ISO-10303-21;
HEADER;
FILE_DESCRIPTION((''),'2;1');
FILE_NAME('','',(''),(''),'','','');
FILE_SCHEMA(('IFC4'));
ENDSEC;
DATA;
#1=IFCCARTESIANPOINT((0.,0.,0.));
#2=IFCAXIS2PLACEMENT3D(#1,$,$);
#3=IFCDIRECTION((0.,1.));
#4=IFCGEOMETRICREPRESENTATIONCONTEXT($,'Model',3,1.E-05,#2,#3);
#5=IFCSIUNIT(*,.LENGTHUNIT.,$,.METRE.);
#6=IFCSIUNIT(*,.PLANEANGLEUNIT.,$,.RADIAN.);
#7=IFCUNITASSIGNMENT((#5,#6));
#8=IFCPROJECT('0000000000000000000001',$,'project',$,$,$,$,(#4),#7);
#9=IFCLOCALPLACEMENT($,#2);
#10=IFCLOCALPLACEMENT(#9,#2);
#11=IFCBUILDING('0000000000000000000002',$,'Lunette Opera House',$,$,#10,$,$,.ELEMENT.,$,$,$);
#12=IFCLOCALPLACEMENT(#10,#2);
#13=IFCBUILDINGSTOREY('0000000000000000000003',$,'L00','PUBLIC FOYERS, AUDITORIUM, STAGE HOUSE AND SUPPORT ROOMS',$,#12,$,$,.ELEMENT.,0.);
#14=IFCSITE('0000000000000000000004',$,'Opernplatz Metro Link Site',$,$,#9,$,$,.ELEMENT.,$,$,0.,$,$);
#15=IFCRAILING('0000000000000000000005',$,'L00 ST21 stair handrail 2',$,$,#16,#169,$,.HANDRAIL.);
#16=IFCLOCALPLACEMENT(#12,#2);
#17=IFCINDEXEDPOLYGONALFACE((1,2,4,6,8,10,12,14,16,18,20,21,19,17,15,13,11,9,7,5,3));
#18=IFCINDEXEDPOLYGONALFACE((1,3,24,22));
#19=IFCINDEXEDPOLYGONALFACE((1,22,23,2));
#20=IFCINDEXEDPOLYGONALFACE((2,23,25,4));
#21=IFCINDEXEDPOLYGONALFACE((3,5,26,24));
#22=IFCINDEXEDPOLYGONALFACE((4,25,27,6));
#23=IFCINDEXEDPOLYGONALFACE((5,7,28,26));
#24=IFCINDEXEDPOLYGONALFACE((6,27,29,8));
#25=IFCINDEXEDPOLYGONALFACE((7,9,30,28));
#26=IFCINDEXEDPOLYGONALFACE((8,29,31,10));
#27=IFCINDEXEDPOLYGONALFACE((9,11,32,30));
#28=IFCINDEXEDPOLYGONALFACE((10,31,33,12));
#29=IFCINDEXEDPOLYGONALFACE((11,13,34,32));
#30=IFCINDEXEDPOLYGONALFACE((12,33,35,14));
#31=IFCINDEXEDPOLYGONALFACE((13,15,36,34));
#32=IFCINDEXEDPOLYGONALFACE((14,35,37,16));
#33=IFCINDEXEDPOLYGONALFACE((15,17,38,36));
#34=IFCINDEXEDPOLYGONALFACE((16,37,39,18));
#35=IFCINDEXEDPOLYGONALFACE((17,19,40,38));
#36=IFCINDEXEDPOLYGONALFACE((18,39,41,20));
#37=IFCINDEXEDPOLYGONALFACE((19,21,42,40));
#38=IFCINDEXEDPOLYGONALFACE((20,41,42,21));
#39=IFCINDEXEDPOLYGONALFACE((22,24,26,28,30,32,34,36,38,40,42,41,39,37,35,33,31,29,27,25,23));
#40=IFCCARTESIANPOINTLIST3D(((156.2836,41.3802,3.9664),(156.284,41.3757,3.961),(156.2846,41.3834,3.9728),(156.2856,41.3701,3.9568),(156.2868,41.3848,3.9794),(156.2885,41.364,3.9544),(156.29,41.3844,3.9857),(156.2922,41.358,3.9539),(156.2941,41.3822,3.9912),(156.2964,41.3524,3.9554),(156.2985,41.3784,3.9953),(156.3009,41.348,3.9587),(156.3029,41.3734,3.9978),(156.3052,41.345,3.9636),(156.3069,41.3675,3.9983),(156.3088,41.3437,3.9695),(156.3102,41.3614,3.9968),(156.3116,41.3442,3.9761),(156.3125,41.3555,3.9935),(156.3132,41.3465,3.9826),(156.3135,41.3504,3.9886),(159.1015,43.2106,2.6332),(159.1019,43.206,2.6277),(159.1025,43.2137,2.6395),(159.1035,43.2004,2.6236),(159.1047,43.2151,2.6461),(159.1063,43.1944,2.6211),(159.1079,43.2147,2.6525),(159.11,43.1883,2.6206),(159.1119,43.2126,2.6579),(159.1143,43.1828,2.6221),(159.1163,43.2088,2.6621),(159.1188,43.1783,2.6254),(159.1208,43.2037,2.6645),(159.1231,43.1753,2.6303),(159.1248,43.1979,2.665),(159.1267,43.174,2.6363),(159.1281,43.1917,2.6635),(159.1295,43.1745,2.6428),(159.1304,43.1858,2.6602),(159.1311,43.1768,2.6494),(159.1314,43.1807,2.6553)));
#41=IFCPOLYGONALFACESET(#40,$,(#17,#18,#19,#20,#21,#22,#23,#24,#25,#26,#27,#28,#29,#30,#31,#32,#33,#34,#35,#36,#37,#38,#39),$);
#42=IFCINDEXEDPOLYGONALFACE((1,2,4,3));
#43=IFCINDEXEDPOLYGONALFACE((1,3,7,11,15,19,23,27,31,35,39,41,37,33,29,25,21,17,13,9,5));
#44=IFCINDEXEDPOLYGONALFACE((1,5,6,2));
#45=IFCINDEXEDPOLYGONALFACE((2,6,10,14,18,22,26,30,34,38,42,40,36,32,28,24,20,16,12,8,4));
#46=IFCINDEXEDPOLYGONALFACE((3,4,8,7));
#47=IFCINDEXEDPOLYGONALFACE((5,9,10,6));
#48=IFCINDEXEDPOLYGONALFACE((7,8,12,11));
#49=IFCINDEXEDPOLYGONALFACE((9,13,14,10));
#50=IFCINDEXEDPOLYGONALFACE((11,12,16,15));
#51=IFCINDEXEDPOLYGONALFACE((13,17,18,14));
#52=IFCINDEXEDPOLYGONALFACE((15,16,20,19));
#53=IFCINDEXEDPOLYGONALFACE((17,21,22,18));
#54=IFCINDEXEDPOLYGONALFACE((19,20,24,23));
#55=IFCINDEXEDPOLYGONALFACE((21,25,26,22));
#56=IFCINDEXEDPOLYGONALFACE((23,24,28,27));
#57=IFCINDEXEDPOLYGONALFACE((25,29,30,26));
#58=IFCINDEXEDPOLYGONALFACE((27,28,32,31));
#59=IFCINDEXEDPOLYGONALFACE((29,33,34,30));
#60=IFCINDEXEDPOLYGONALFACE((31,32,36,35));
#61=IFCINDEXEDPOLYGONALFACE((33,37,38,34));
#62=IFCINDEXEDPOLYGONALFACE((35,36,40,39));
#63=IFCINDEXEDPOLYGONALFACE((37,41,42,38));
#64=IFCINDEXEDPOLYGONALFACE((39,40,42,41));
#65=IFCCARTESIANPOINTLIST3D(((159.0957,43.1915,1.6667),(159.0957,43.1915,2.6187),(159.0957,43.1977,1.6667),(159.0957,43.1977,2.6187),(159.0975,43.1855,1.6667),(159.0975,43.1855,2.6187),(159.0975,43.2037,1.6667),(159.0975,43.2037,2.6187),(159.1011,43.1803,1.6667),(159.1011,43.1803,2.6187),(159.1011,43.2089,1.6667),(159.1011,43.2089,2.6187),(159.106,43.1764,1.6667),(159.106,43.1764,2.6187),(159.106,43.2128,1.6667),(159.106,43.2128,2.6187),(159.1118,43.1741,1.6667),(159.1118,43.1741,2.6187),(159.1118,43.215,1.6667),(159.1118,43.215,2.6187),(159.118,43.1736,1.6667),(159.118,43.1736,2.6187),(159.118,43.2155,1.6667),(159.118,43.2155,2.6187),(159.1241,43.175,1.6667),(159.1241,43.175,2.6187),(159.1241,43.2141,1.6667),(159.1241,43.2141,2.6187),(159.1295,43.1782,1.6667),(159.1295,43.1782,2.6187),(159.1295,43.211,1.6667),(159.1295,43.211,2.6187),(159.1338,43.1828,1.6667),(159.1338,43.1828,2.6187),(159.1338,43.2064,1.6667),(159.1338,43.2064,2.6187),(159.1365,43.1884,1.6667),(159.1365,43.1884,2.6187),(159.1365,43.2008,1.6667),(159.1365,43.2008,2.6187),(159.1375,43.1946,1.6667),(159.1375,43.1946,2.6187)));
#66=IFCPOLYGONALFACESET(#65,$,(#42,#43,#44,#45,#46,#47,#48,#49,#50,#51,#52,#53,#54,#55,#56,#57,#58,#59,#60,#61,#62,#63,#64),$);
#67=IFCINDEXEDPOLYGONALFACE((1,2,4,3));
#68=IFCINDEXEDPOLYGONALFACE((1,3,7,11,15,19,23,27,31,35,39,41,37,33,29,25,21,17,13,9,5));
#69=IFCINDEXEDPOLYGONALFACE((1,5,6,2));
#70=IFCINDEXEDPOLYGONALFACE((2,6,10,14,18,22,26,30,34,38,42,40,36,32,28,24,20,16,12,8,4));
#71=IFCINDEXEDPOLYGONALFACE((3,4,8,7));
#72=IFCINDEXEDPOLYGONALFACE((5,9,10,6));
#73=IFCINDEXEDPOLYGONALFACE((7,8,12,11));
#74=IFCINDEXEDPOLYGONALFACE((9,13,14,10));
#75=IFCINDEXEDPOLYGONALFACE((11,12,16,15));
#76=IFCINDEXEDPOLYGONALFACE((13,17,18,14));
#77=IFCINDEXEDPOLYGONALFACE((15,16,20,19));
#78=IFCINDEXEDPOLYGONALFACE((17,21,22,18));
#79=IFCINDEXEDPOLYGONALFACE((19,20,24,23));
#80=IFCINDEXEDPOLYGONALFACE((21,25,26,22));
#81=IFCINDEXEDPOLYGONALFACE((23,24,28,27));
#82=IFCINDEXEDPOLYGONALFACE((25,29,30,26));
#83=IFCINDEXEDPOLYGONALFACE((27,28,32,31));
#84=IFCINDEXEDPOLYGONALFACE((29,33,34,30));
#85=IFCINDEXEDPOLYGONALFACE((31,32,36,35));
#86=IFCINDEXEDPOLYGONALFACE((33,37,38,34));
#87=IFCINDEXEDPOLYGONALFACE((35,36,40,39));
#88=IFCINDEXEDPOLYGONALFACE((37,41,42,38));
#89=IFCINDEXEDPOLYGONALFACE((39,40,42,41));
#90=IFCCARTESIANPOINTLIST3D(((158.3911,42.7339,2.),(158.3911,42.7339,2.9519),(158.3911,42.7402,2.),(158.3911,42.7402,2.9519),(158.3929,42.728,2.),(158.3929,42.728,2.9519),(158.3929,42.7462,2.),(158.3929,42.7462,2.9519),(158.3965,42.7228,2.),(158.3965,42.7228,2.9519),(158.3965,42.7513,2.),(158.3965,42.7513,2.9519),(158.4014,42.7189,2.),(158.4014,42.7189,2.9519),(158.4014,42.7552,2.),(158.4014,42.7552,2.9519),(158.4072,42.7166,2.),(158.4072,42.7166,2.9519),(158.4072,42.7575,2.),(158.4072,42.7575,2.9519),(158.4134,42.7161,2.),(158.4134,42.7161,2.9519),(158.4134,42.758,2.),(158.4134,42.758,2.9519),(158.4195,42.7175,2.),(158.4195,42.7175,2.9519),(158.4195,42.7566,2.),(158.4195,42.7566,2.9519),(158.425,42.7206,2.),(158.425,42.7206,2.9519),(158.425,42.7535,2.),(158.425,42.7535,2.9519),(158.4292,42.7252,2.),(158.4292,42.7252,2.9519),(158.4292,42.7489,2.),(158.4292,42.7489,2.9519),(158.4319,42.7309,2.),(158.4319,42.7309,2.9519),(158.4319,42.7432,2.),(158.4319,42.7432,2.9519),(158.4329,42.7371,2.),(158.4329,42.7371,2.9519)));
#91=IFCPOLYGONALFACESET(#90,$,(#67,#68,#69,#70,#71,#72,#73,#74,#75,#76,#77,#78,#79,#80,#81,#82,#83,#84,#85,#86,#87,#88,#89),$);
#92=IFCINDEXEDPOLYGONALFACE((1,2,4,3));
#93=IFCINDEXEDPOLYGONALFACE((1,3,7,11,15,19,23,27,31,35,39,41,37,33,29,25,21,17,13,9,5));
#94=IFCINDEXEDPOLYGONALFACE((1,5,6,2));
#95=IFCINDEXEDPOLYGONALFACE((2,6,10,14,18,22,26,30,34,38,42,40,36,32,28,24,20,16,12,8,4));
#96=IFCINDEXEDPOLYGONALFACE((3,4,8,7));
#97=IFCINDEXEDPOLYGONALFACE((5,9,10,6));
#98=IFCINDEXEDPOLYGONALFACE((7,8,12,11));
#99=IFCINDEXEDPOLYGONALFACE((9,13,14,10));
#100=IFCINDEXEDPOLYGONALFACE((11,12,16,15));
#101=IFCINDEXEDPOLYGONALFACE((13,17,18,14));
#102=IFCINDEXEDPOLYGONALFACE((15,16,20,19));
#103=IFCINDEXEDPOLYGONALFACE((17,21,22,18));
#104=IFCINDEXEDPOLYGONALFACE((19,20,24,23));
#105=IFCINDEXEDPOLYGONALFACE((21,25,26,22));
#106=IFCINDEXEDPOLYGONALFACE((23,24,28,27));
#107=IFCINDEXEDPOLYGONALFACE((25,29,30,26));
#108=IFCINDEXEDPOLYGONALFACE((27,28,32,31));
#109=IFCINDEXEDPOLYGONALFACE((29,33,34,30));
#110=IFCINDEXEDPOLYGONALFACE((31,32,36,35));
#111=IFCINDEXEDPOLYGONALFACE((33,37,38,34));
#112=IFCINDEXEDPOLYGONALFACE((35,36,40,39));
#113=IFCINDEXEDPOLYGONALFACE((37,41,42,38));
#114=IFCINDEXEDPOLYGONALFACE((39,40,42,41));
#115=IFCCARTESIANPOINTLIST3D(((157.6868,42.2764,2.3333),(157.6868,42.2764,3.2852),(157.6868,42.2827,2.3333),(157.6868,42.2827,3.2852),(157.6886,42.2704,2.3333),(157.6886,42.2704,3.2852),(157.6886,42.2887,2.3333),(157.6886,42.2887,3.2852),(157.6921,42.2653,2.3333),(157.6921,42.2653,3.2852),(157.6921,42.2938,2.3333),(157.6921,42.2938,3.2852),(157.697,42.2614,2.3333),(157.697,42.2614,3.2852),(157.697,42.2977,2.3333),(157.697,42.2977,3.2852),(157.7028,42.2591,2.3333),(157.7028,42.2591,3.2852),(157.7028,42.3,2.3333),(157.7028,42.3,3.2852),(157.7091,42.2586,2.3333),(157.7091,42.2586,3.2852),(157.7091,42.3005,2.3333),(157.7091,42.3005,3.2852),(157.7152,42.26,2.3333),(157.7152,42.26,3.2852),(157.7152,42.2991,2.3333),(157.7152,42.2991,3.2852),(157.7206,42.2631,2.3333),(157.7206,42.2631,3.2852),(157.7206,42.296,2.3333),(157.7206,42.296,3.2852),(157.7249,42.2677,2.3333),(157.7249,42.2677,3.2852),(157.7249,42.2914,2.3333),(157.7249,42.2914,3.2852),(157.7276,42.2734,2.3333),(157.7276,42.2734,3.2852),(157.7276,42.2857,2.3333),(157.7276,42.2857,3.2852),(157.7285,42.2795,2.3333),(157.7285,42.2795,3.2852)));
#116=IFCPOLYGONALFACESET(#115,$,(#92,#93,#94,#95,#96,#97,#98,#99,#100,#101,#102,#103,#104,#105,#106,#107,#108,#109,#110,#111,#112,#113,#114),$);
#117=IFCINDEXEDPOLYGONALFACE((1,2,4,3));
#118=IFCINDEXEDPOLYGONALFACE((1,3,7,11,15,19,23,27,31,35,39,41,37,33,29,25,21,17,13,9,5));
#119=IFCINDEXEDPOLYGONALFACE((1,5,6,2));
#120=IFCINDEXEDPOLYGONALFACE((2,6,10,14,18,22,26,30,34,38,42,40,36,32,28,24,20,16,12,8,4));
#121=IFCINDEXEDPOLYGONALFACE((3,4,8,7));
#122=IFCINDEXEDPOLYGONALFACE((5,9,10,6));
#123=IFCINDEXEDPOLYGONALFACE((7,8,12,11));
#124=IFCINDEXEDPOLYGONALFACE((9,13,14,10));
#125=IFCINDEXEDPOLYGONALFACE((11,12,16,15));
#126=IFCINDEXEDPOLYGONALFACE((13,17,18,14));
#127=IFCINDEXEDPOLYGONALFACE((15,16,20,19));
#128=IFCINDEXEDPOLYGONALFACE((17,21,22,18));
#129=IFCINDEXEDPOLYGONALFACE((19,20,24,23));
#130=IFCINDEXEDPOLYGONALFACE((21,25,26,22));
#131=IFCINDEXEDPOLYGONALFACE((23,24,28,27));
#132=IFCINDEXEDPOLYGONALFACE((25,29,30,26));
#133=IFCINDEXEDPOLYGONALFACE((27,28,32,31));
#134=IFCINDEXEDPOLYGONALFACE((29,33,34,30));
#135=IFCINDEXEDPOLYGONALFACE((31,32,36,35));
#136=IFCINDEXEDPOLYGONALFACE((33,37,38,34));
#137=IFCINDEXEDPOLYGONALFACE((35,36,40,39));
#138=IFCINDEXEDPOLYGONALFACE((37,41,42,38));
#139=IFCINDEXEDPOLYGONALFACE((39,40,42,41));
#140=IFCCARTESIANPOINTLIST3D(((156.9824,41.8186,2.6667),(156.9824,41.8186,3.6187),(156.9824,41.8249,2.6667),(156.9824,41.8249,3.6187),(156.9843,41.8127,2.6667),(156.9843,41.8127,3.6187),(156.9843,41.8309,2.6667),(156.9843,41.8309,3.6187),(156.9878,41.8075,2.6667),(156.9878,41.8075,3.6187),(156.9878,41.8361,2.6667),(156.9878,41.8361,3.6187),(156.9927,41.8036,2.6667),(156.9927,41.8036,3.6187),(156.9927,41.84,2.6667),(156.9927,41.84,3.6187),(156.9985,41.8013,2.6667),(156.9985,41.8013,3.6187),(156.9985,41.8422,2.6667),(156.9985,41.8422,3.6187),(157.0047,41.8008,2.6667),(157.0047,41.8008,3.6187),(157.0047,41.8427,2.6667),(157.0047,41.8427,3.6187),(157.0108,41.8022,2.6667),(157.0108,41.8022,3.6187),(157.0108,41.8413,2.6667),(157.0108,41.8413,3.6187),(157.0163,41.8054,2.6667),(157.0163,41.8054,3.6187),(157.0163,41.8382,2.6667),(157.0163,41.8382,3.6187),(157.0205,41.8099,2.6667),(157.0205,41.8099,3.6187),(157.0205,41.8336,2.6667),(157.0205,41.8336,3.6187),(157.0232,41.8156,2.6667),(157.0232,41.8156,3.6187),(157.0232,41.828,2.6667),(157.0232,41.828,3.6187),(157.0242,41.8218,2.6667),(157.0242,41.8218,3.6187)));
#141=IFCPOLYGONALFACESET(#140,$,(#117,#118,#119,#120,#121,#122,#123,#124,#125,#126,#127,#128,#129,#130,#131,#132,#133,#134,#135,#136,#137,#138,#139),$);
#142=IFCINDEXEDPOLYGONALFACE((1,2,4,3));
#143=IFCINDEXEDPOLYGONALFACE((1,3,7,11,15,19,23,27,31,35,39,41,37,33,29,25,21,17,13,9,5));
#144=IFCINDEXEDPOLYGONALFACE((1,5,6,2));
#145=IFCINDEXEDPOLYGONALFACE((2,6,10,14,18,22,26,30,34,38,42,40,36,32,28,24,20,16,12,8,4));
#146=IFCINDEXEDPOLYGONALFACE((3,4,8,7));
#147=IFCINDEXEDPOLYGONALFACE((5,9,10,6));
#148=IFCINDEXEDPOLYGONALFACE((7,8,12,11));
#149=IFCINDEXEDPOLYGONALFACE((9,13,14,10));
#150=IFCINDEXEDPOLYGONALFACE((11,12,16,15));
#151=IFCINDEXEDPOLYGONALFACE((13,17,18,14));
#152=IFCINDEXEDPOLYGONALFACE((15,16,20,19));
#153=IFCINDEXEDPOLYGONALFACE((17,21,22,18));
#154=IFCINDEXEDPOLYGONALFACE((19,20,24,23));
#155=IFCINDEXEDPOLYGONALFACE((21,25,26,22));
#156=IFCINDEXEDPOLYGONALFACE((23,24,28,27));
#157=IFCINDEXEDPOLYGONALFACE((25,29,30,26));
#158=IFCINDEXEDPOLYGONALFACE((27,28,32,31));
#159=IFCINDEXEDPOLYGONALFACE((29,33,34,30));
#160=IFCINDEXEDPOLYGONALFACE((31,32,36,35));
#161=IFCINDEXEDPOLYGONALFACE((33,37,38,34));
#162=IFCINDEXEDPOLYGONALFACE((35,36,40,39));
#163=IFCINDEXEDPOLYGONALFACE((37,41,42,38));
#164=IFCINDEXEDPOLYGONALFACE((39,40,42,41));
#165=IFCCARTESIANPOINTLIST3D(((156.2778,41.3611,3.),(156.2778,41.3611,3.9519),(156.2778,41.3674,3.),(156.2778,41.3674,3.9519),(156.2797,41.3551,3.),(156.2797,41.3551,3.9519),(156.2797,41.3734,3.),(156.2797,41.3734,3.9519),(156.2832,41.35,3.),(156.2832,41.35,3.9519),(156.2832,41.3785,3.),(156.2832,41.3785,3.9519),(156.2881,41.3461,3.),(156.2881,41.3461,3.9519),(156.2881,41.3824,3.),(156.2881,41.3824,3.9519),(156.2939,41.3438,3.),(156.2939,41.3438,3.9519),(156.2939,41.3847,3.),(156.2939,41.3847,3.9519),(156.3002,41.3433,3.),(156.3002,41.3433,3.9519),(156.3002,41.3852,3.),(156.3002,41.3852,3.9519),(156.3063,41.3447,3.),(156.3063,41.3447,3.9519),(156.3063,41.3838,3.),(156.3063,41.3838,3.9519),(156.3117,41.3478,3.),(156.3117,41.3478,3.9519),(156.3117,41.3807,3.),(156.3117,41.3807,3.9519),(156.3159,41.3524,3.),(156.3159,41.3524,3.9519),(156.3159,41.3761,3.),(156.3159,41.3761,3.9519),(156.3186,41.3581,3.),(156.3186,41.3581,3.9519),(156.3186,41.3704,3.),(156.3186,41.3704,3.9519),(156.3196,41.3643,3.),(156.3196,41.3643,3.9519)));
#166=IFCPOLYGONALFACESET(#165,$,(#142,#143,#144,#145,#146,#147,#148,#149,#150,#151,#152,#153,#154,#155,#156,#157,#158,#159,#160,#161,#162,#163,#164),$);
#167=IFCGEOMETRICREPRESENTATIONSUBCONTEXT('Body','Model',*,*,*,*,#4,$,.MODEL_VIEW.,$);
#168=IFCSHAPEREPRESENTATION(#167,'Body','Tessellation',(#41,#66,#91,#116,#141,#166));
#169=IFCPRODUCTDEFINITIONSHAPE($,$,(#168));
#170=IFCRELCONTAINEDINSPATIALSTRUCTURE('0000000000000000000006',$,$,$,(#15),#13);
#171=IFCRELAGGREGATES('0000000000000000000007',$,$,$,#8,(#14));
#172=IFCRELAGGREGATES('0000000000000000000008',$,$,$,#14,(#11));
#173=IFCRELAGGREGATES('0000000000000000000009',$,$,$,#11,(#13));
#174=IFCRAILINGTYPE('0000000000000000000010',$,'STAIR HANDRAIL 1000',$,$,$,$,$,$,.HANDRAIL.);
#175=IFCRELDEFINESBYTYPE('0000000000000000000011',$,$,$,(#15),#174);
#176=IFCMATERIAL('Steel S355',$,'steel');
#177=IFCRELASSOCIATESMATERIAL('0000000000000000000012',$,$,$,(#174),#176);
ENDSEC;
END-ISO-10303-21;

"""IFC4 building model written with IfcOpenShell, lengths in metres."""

from ifc_helpers import new_model, si_unit, direction, frame, origin, origin_2d, place, context, subcontext, project, spatial, circle, extrude, material, type_object, element, save


model = new_model("IFC4")

# Units and contexts
model_context = context("Model", 3, precision=1e-05, world=origin(), true_north=direction((0.0, 1.0)))
body_context = subcontext(model_context, "Body", "Model", "MODEL_VIEW")
ifc_project = project(units=[si_unit("LENGTHUNIT", "METRE"), si_unit("PLANEANGLEUNIT", "RADIAN")], contexts=[model_context])

# Site, building, storey
site_placement = place(None, origin())
site = spatial("IfcSite", under=ifc_project, at=site_placement, Name="Opernplatz Metro Link Site", CompositionType="ELEMENT", RefElevation=0.0)
building_placement = place(site_placement, origin())
building = spatial("IfcBuilding", under=site, at=building_placement, Name="Lunette Opera House", CompositionType="ELEMENT")
storey_placement = place(building_placement, origin())
storey = spatial("IfcBuildingStorey", under=building, at=storey_placement, Name="L00", Description="PUBLIC FOYERS, AUDITORIUM, STAGE HOUSE AND SUPPORT ROOMS", CompositionType="ELEMENT", Elevation=0.0)

# Railing
ifc_material_1 = material(Name="Steel S355", Category="steel")
railing_type_1 = type_object("IfcRailingType", Name="STAIR HANDRAIL 1000", PredefinedType="HANDRAIL", material=ifc_material_1)
railing_1_placement = place(storey_placement, frame((159.1165, 43.1946, 1.6667)))
element("IfcRailing", 1, at=railing_1_placement, inside=storey, type_object=railing_type_1, Name="L00 ST21 stair handrail 2", PredefinedType="HANDRAIL", context=body_context, shape_type="SweptSolid", body=[
    extrude(circle(Radius=0.0239, at=origin_2d()), frame((0.0, 0.0, 0.9761), z_axis=(-0.7795, -0.506317, 0.368814), x_axis=(0.544718, -0.83862, 0.0)), (0.0, 0.0, 1.0), 3.615),
    extrude(circle(Radius=0.021, at=origin_2d()), origin(), (0.0, 0.0, 1.0), 0.9519),
    extrude(circle(Radius=0.021, at=origin_2d()), frame((-0.7046, -0.4575, 0.3333)), (0.0, 0.0, 1.0), 0.9519),
    extrude(circle(Radius=0.021, at=origin_2d()), frame((-1.4089, -0.915, 0.6665)), (0.0, 0.0, 1.0), 0.9519),
    extrude(circle(Radius=0.021, at=origin_2d()), frame((-2.1133, -1.3728, 1.0)), (0.0, 0.0, 1.0), 0.9519),
    extrude(circle(Radius=0.021, at=origin_2d()), frame((-2.8179, -1.8303, 1.3333)), (0.0, 0.0, 1.0), 0.9519),
])

save(model, "model.ifc")
